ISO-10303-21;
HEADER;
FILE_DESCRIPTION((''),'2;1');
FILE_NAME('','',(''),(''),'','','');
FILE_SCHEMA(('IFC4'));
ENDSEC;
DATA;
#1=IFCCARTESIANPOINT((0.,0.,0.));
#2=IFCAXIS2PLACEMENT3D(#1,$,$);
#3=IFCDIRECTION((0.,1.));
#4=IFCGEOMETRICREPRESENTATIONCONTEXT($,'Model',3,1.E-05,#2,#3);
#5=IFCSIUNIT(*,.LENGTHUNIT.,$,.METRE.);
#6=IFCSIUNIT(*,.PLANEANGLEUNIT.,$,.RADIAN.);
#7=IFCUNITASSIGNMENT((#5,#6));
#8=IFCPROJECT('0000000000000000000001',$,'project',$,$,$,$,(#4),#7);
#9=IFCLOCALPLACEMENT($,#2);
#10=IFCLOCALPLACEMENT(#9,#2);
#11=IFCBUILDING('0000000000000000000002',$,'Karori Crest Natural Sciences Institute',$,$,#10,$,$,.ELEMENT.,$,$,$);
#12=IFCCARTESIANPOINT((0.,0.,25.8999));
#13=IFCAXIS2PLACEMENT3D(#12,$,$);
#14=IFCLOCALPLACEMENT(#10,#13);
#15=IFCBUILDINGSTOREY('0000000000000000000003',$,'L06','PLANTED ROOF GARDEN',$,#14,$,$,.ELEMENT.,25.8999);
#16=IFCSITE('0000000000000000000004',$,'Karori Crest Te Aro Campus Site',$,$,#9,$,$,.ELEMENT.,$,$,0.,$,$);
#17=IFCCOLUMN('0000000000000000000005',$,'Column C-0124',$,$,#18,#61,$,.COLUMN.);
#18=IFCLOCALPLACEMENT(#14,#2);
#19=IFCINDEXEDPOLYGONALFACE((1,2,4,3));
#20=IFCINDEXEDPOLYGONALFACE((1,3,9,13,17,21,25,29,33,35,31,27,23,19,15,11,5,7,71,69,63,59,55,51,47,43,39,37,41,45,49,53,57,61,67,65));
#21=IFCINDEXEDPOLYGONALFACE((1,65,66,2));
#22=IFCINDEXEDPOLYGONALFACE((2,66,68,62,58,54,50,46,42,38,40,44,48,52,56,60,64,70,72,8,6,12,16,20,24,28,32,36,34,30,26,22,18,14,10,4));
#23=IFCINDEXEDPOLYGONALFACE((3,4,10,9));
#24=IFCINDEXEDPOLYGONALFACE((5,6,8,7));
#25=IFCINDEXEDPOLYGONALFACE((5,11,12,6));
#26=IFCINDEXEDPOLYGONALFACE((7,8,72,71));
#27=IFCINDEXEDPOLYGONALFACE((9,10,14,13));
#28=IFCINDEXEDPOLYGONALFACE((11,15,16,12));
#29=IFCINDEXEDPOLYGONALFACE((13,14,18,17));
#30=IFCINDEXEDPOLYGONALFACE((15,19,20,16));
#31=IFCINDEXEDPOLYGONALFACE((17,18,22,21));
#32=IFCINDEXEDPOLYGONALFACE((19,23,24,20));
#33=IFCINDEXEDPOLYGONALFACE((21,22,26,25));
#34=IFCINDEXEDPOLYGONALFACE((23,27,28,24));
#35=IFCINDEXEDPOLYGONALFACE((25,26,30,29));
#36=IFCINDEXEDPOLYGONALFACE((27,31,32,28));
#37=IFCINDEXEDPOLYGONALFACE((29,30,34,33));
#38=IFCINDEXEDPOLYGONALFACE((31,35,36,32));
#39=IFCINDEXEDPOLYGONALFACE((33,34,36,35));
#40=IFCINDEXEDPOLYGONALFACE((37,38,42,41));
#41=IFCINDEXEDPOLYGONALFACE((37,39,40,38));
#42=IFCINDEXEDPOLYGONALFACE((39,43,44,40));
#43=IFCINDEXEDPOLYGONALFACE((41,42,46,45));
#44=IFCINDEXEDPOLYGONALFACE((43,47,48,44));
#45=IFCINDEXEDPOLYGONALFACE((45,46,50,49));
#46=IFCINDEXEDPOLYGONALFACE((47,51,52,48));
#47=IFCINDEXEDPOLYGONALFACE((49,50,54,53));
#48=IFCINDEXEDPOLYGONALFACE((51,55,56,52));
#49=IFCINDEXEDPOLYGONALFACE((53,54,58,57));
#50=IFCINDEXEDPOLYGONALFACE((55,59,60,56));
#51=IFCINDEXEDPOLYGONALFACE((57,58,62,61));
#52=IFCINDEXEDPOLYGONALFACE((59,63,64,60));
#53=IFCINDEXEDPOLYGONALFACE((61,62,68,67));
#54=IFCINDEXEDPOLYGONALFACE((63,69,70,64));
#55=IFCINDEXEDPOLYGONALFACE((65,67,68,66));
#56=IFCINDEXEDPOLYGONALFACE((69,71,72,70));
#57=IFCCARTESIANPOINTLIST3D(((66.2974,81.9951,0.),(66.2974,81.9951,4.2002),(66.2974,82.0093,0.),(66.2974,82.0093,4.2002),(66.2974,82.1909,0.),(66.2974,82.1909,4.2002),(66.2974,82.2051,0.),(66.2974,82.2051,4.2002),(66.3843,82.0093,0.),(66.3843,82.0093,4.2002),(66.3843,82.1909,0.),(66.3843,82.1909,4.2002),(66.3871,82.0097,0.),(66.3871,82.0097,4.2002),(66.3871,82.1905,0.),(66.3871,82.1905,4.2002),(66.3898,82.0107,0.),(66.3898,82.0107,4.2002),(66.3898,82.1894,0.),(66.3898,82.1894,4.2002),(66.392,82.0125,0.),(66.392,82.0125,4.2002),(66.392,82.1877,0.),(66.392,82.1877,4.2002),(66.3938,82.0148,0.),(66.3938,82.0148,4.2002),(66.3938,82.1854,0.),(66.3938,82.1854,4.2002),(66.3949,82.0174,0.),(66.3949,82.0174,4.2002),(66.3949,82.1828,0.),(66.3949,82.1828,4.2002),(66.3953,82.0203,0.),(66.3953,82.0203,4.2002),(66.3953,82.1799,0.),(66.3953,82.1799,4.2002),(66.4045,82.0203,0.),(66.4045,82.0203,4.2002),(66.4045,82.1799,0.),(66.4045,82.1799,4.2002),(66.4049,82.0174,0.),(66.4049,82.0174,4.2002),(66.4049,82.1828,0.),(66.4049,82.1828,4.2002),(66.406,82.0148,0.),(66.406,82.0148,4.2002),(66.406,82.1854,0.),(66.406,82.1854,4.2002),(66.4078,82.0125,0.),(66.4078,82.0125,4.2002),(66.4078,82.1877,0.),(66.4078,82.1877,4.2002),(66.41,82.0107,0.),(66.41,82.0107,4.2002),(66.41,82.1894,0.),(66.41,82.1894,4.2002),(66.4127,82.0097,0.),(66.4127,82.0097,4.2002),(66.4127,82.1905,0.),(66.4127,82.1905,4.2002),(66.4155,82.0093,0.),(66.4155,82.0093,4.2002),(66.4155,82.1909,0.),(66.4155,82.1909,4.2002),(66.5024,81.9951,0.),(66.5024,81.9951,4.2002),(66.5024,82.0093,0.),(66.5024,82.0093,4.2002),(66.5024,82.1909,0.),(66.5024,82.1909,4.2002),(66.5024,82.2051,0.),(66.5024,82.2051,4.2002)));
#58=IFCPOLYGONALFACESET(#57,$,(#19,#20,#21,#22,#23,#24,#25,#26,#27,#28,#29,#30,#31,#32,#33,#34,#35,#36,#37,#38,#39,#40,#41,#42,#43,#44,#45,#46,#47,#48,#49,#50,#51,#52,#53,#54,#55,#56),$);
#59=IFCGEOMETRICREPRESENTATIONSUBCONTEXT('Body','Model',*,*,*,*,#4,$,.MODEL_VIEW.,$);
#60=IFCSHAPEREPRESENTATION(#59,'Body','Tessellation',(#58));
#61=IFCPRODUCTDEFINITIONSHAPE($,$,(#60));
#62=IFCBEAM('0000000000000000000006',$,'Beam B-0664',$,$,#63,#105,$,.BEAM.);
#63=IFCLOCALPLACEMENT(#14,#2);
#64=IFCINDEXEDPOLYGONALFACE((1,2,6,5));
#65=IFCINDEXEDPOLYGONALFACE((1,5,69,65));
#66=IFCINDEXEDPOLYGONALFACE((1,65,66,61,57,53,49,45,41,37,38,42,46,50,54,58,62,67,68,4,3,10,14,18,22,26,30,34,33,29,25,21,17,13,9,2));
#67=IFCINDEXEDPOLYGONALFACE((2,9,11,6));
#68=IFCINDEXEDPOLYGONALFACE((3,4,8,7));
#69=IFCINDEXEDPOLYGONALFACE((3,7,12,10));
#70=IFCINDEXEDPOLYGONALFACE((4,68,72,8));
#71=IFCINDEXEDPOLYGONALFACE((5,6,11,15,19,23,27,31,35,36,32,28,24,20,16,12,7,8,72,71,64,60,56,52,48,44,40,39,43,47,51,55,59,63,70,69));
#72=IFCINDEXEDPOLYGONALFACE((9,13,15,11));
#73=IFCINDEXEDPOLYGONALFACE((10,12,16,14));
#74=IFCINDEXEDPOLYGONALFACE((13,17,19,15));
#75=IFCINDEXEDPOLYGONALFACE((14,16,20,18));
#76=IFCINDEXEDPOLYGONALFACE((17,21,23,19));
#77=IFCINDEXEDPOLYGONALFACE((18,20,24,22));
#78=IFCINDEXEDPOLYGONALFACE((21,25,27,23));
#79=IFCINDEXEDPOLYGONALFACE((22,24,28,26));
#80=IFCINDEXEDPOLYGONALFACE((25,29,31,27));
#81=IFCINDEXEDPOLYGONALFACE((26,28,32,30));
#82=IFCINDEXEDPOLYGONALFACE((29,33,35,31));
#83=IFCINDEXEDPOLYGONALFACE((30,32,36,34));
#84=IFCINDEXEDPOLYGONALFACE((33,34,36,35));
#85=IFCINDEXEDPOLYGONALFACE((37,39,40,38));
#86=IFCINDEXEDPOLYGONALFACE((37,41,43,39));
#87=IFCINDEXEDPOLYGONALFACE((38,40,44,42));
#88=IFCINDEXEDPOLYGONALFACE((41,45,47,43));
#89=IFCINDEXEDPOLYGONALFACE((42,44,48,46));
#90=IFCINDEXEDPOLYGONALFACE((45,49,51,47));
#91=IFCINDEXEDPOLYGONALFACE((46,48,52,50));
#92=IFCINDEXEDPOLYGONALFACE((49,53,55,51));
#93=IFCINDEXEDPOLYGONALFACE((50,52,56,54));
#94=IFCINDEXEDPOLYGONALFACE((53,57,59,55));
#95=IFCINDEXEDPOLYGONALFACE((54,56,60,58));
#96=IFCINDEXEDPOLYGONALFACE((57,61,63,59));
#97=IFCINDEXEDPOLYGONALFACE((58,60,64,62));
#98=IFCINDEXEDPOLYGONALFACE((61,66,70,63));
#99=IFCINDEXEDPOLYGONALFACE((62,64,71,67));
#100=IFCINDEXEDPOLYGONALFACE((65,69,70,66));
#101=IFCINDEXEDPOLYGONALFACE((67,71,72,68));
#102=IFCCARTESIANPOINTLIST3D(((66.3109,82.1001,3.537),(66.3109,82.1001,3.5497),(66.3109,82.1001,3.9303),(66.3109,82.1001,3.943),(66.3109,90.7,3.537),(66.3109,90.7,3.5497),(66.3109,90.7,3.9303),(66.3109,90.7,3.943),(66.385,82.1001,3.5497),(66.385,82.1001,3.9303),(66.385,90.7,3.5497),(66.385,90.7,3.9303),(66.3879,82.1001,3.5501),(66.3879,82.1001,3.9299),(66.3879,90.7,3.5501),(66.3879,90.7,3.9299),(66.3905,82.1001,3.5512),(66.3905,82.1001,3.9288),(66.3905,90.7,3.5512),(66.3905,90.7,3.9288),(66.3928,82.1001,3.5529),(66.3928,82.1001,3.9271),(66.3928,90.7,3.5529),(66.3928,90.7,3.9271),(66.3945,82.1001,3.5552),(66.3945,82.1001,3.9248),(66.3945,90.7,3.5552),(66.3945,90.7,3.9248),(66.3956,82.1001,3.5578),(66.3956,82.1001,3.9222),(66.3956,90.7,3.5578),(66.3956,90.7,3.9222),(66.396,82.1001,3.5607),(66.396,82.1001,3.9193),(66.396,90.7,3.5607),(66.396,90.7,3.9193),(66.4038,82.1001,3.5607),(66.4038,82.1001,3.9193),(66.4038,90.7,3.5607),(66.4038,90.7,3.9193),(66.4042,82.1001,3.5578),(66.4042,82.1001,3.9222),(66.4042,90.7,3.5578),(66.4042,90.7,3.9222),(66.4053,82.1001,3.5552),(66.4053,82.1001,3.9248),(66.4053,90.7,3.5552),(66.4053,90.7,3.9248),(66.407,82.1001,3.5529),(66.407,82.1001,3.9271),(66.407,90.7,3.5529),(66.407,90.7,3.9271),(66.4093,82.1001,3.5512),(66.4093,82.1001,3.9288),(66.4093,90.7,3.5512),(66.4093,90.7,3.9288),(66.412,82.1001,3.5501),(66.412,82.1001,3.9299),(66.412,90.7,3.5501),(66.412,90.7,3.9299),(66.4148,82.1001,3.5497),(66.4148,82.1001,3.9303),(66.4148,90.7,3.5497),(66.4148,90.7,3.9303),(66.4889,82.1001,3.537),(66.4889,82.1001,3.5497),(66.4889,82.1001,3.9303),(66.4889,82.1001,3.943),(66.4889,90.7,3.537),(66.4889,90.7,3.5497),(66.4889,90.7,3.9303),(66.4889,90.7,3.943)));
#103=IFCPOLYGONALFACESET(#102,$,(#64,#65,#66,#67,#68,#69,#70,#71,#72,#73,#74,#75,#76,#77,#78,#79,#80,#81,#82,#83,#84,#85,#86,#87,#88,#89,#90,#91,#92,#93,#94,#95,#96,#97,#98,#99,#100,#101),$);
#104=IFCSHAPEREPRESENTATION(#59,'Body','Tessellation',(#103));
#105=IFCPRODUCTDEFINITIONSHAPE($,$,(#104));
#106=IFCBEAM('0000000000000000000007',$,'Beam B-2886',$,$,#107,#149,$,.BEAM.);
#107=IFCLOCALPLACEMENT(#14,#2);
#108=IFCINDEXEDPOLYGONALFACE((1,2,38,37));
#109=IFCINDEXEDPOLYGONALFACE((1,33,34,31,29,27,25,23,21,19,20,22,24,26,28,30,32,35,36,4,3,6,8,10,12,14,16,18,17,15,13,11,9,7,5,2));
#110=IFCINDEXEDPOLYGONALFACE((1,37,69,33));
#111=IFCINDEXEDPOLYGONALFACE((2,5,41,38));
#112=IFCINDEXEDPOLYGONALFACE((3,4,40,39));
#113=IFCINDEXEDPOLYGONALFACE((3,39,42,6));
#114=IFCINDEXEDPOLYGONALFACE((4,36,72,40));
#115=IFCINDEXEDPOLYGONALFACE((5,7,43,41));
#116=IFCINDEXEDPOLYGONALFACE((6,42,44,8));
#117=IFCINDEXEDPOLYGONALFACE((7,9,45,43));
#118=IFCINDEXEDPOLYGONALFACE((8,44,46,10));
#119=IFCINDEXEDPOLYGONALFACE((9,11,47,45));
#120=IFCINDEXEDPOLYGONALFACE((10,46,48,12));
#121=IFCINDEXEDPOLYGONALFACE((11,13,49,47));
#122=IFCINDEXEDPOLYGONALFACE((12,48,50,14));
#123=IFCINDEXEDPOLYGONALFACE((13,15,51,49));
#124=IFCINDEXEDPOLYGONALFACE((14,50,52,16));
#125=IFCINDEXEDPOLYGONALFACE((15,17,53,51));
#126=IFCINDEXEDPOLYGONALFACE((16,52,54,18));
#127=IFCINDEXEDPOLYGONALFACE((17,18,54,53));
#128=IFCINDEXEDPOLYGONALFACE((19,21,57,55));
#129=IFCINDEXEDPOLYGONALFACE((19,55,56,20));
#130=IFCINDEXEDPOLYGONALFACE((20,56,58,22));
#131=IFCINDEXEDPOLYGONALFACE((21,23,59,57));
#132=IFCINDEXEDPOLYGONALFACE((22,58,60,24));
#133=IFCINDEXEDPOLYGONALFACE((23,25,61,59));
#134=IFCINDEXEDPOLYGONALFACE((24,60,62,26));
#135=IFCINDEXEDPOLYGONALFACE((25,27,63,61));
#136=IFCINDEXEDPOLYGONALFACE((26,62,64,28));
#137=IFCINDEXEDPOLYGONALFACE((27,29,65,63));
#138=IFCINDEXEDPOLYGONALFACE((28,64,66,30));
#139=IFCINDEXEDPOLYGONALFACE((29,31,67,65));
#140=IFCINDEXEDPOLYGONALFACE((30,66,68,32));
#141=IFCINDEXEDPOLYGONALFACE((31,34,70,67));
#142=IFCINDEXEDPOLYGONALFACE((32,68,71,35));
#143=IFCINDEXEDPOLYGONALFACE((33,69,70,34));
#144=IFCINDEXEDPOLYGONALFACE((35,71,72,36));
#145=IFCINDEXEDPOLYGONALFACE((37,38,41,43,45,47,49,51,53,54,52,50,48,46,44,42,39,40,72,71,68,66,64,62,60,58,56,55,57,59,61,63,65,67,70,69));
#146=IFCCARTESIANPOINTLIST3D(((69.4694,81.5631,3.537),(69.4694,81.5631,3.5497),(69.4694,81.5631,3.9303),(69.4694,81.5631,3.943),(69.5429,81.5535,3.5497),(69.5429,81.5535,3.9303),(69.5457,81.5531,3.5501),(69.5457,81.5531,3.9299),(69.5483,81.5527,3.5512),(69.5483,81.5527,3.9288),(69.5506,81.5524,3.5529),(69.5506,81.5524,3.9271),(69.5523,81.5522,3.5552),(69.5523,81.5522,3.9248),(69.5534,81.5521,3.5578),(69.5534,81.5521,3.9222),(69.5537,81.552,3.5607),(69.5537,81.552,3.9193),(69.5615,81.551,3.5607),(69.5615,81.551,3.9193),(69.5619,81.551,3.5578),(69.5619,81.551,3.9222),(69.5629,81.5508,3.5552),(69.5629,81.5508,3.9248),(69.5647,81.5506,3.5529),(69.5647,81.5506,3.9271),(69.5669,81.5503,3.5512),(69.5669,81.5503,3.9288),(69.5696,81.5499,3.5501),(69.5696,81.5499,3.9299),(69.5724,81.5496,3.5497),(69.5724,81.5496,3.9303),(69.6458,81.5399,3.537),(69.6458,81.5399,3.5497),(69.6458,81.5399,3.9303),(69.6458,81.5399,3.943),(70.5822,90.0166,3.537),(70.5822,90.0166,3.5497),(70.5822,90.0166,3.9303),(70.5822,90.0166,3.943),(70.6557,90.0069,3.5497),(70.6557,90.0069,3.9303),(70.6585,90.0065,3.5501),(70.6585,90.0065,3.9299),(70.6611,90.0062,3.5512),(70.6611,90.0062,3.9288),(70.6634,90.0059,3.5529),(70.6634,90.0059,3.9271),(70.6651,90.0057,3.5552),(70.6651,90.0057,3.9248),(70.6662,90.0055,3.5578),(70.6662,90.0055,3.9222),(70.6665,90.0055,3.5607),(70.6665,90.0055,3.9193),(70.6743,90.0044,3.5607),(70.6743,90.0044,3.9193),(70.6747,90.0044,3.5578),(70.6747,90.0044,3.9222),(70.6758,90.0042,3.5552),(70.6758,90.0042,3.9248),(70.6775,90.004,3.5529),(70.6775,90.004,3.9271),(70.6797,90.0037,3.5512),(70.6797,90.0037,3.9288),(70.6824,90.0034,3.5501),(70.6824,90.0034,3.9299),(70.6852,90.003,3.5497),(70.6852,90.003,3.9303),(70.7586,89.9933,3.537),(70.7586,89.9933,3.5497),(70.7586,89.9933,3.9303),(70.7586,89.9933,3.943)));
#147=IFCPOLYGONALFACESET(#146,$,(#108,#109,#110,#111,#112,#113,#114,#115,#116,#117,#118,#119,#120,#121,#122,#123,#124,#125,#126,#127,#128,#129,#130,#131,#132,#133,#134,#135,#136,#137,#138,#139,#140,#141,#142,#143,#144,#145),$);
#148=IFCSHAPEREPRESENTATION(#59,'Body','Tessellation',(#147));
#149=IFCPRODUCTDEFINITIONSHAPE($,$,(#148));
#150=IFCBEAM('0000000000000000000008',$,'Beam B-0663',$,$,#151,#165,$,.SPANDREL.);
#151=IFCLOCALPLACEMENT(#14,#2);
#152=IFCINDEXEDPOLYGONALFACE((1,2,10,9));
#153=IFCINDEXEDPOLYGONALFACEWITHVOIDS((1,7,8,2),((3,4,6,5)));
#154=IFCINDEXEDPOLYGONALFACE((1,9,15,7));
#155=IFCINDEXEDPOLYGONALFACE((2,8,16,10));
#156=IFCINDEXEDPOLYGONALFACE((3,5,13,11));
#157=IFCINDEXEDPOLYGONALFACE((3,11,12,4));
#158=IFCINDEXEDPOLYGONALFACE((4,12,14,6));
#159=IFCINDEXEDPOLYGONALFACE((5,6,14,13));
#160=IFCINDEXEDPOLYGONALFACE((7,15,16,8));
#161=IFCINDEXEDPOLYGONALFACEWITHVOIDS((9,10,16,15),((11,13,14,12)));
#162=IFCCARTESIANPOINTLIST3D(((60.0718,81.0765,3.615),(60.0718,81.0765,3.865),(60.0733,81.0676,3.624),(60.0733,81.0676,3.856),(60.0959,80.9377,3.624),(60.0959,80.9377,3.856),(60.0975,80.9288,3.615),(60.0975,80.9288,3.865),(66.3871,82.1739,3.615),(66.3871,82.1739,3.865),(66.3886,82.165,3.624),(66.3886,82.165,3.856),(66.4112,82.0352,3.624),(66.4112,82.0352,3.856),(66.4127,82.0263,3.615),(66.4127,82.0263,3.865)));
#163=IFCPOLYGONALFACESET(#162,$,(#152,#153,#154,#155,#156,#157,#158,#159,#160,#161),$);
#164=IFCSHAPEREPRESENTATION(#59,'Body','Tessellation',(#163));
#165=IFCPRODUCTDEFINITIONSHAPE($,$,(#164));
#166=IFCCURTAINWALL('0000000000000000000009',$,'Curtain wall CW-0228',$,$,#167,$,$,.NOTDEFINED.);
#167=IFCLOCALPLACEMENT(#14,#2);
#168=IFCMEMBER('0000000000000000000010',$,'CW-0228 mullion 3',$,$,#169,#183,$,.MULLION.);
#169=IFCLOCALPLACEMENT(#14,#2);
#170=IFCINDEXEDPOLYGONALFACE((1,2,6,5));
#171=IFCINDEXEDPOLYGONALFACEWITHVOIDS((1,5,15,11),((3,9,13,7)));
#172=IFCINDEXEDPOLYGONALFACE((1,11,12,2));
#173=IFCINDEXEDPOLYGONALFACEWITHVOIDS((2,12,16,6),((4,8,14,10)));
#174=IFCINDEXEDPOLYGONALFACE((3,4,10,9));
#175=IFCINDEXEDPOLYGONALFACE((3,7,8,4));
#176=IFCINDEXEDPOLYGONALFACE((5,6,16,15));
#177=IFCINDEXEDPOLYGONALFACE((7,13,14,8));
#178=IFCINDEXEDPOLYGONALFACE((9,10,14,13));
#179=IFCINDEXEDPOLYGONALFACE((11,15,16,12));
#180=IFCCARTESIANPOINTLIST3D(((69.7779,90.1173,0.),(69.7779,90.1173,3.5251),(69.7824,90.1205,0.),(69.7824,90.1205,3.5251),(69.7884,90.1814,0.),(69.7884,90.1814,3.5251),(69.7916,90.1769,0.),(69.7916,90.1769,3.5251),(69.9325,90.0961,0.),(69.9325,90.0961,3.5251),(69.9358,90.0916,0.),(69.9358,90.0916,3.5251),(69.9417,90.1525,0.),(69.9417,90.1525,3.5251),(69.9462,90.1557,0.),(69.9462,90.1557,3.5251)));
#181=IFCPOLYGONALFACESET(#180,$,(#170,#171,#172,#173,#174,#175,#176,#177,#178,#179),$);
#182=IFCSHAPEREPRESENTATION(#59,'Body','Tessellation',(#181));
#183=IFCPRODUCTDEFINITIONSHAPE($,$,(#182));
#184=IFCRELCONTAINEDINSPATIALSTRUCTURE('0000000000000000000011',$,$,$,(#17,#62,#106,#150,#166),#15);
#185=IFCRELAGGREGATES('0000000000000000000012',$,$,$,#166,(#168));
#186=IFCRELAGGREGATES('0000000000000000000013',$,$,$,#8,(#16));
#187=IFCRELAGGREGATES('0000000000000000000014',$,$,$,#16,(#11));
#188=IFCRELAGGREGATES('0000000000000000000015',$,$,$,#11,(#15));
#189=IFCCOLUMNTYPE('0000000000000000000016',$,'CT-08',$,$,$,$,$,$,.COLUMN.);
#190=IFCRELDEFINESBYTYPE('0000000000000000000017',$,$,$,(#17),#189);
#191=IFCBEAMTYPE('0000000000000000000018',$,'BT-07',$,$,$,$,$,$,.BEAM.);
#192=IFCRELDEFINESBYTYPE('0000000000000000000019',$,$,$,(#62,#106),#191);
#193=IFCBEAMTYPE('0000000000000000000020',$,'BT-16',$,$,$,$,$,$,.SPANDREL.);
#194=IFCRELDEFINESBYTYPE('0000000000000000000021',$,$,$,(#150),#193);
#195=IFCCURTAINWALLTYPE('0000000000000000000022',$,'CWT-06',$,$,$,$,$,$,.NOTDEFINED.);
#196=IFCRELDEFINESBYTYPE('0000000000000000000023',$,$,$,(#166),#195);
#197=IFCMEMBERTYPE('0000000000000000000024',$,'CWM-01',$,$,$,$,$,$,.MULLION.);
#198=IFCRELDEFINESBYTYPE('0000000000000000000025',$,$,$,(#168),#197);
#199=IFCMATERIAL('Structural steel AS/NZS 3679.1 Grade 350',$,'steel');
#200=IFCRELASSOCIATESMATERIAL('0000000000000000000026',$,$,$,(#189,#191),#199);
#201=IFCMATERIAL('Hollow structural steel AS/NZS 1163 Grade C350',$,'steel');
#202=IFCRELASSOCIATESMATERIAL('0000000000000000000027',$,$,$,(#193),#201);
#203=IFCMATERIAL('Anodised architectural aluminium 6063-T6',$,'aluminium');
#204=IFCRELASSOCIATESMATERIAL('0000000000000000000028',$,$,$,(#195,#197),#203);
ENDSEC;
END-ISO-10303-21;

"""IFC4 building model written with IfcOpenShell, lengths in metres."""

from ifc_helpers import new_model, si_unit, direction, frame, origin, origin_2d, place, context, subcontext, project, spatial, hollow_rectangle, i_section, extrude, material, material_profile, profile_set, type_object, element, aggregate, save


model = new_model("IFC4")

# Units and contexts
model_context = context("Model", 3, precision=1e-05, world=origin(), true_north=direction((0.0, 1.0)))
body_context = subcontext(model_context, "Body", "Model", "MODEL_VIEW")
ifc_project = project(units=[si_unit("LENGTHUNIT", "METRE"), si_unit("PLANEANGLEUNIT", "RADIAN")], contexts=[model_context])

# Site, building, storey
site_placement = place(None, origin())
site = spatial("IfcSite", under=ifc_project, at=site_placement, Name="Karori Crest Te Aro Campus Site", CompositionType="ELEMENT", RefElevation=0.0)
building_placement = place(site_placement, origin())
building = spatial("IfcBuilding", under=site, at=building_placement, Name="Karori Crest Natural Sciences Institute", CompositionType="ELEMENT")
storey_placement = place(building_placement, frame((0.0, 0.0, 25.8999)))
storey = spatial("IfcBuildingStorey", under=building, at=storey_placement, Name="L06", Description="PLANTED ROOF GARDEN", CompositionType="ELEMENT", Elevation=25.8999)

# Column
ifc_material_1 = material(Name="Structural steel AS/NZS 3679.1 Grade 350", Category="steel")
ifc_material_profile_1 = material_profile(ifc_material_1, i_section(OverallWidth=0.2051, OverallDepth=0.21, WebThickness=0.0093, FlangeThickness=0.0142, FilletRadius=0.011, at=origin_2d()), Name="200UC59.5")
ifc_profile_set_1 = profile_set([ifc_material_profile_1], Name="Structural steel AS/NZS 3679.1 Grade 350")
column_type = type_object("IfcColumnType", Name="CT-08", PredefinedType="COLUMN", material=ifc_profile_set_1)
column_placement = place(storey_placement, frame((66.3999, 82.1001, 0.0), z_axis=(0.0, 0.0, 1.0), x_axis=(1.0, 0.0, 0.0)))
element("IfcColumn", 1, at=column_placement, inside=storey, type_object=column_type, Name="Column C-0124", PredefinedType="COLUMN", context=body_context, shape_type="SweptSolid", body=[
    extrude(i_section(OverallWidth=0.2051, OverallDepth=0.21, WebThickness=0.0093, FlangeThickness=0.0142, FilletRadius=0.011, at=origin_2d()), origin(), (0.0, 0.0, 1.0), 4.2002),
])

# Beams
ifc_material_profile_2 = material_profile(ifc_material_1, i_section(OverallWidth=0.178, OverallDepth=0.406, WebThickness=0.0078, FlangeThickness=0.0127, FilletRadius=0.011, at=origin_2d()), Name="410UB59.7")
ifc_profile_set_2 = profile_set([ifc_material_profile_2], Name="Structural steel AS/NZS 3679.1 Grade 350")
beam_type_1 = type_object("IfcBeamType", Name="BT-07", PredefinedType="BEAM", material=ifc_profile_set_2)
beam_1_placement = place(storey_placement, frame((66.3999, 82.1001, 3.74), z_axis=(0.0, 1.0, 0.0), x_axis=(-1.0, 0.0, 0.0)))
element("IfcBeam", 2, at=beam_1_placement, inside=storey, type_object=beam_type_1, Name="Beam B-0664", PredefinedType="BEAM", context=body_context, shape_type="SweptSolid", body=[
    extrude(i_section(OverallWidth=0.178, OverallDepth=0.406, WebThickness=0.0078, FlangeThickness=0.0127, FilletRadius=0.011, at=origin_2d()), origin(), (0.0, 0.0, 1.0), 8.5999),
])
beam_2_placement = place(storey_placement, frame((69.5576, 81.5515, 3.74), z_axis=(0.130513, 0.991447, 0.0), x_axis=(-0.991447, 0.130513, 0.0)))
element("IfcBeam", 3, at=beam_2_placement, inside=storey, type_object=beam_type_1, Name="Beam B-2886", PredefinedType="BEAM", context=body_context, shape_type="SweptSolid", body=[
    extrude(i_section(OverallWidth=0.178, OverallDepth=0.406, WebThickness=0.0078, FlangeThickness=0.0127, FilletRadius=0.011, at=origin_2d()), origin(), (0.0, 0.0, 1.0), 8.5264),
])
ifc_material_2 = material(Name="Hollow structural steel AS/NZS 1163 Grade C350", Category="steel")
ifc_material_profile_3 = material_profile(ifc_material_2, hollow_rectangle(XDim=0.1499, YDim=0.25, WallThickness=0.009, at=origin_2d()), Name="RHS250x150x9")
ifc_profile_set_3 = profile_set([ifc_material_profile_3], Name="Hollow structural steel AS/NZS 1163 Grade C350")
beam_type_2 = type_object("IfcBeamType", Name="BT-16", PredefinedType="SPANDREL", material=ifc_profile_set_3)
beam_3_placement = place(storey_placement, frame((66.3999, 82.1001, 3.74), z_axis=(-0.985235, -0.171208, 0.0), x_axis=(0.171208, -0.985235, 0.0)))
element("IfcBeam", 4, at=beam_3_placement, inside=storey, type_object=beam_type_2, Name="Beam B-0663", PredefinedType="SPANDREL", context=body_context, shape_type="SweptSolid", body=[
    extrude(hollow_rectangle(XDim=0.1499, YDim=0.25, WallThickness=0.009, at=origin_2d()), origin(), (0.0, 0.0, 1.0), 6.4099),
])

# Curtain wall, member
ifc_material_3 = material(Name="Anodised architectural aluminium 6063-T6", Category="aluminium")
curtain_wall_type_1 = type_object("IfcCurtainWallType", Name="CWT-06", PredefinedType="NOTDEFINED", material=ifc_material_3)
curtain_wall_1_placement = place(storey_placement, origin())
curtain_wall_1 = element("IfcCurtainWall", 5, at=curtain_wall_1_placement, inside=storey, type_object=curtain_wall_type_1, Name="Curtain wall CW-0228", PredefinedType="NOTDEFINED")
ifc_material_profile_4 = material_profile(ifc_material_3, hollow_rectangle(XDim=0.0649, YDim=0.1599, WallThickness=0.0039, at=origin_2d()), Name="CWM160x65x4")
ifc_profile_set_4 = profile_set([ifc_material_profile_4], Name="Anodised architectural aluminium 6063-T6")
member_type_1 = type_object("IfcMemberType", Name="CWM-01", PredefinedType="MULLION", material=ifc_profile_set_4)
member_1_placement = place(storey_placement, frame((69.8621, 90.1365, 0.0), z_axis=(0.0, 0.0, 1.0), x_axis=(0.160655, 0.987011, 0.0)))
member_1 = element("IfcMember", 6, at=member_1_placement, type_object=member_type_1, Name="CW-0228 mullion 3", PredefinedType="MULLION", context=body_context, shape_type="SweptSolid", body=[
    extrude(hollow_rectangle(XDim=0.0649, YDim=0.1599, WallThickness=0.0039, at=origin_2d()), origin(), (0.0, 0.0, 1.0), 3.5251),
])

aggregate(curtain_wall_1, [member_1])

save(model, "model.ifc")
